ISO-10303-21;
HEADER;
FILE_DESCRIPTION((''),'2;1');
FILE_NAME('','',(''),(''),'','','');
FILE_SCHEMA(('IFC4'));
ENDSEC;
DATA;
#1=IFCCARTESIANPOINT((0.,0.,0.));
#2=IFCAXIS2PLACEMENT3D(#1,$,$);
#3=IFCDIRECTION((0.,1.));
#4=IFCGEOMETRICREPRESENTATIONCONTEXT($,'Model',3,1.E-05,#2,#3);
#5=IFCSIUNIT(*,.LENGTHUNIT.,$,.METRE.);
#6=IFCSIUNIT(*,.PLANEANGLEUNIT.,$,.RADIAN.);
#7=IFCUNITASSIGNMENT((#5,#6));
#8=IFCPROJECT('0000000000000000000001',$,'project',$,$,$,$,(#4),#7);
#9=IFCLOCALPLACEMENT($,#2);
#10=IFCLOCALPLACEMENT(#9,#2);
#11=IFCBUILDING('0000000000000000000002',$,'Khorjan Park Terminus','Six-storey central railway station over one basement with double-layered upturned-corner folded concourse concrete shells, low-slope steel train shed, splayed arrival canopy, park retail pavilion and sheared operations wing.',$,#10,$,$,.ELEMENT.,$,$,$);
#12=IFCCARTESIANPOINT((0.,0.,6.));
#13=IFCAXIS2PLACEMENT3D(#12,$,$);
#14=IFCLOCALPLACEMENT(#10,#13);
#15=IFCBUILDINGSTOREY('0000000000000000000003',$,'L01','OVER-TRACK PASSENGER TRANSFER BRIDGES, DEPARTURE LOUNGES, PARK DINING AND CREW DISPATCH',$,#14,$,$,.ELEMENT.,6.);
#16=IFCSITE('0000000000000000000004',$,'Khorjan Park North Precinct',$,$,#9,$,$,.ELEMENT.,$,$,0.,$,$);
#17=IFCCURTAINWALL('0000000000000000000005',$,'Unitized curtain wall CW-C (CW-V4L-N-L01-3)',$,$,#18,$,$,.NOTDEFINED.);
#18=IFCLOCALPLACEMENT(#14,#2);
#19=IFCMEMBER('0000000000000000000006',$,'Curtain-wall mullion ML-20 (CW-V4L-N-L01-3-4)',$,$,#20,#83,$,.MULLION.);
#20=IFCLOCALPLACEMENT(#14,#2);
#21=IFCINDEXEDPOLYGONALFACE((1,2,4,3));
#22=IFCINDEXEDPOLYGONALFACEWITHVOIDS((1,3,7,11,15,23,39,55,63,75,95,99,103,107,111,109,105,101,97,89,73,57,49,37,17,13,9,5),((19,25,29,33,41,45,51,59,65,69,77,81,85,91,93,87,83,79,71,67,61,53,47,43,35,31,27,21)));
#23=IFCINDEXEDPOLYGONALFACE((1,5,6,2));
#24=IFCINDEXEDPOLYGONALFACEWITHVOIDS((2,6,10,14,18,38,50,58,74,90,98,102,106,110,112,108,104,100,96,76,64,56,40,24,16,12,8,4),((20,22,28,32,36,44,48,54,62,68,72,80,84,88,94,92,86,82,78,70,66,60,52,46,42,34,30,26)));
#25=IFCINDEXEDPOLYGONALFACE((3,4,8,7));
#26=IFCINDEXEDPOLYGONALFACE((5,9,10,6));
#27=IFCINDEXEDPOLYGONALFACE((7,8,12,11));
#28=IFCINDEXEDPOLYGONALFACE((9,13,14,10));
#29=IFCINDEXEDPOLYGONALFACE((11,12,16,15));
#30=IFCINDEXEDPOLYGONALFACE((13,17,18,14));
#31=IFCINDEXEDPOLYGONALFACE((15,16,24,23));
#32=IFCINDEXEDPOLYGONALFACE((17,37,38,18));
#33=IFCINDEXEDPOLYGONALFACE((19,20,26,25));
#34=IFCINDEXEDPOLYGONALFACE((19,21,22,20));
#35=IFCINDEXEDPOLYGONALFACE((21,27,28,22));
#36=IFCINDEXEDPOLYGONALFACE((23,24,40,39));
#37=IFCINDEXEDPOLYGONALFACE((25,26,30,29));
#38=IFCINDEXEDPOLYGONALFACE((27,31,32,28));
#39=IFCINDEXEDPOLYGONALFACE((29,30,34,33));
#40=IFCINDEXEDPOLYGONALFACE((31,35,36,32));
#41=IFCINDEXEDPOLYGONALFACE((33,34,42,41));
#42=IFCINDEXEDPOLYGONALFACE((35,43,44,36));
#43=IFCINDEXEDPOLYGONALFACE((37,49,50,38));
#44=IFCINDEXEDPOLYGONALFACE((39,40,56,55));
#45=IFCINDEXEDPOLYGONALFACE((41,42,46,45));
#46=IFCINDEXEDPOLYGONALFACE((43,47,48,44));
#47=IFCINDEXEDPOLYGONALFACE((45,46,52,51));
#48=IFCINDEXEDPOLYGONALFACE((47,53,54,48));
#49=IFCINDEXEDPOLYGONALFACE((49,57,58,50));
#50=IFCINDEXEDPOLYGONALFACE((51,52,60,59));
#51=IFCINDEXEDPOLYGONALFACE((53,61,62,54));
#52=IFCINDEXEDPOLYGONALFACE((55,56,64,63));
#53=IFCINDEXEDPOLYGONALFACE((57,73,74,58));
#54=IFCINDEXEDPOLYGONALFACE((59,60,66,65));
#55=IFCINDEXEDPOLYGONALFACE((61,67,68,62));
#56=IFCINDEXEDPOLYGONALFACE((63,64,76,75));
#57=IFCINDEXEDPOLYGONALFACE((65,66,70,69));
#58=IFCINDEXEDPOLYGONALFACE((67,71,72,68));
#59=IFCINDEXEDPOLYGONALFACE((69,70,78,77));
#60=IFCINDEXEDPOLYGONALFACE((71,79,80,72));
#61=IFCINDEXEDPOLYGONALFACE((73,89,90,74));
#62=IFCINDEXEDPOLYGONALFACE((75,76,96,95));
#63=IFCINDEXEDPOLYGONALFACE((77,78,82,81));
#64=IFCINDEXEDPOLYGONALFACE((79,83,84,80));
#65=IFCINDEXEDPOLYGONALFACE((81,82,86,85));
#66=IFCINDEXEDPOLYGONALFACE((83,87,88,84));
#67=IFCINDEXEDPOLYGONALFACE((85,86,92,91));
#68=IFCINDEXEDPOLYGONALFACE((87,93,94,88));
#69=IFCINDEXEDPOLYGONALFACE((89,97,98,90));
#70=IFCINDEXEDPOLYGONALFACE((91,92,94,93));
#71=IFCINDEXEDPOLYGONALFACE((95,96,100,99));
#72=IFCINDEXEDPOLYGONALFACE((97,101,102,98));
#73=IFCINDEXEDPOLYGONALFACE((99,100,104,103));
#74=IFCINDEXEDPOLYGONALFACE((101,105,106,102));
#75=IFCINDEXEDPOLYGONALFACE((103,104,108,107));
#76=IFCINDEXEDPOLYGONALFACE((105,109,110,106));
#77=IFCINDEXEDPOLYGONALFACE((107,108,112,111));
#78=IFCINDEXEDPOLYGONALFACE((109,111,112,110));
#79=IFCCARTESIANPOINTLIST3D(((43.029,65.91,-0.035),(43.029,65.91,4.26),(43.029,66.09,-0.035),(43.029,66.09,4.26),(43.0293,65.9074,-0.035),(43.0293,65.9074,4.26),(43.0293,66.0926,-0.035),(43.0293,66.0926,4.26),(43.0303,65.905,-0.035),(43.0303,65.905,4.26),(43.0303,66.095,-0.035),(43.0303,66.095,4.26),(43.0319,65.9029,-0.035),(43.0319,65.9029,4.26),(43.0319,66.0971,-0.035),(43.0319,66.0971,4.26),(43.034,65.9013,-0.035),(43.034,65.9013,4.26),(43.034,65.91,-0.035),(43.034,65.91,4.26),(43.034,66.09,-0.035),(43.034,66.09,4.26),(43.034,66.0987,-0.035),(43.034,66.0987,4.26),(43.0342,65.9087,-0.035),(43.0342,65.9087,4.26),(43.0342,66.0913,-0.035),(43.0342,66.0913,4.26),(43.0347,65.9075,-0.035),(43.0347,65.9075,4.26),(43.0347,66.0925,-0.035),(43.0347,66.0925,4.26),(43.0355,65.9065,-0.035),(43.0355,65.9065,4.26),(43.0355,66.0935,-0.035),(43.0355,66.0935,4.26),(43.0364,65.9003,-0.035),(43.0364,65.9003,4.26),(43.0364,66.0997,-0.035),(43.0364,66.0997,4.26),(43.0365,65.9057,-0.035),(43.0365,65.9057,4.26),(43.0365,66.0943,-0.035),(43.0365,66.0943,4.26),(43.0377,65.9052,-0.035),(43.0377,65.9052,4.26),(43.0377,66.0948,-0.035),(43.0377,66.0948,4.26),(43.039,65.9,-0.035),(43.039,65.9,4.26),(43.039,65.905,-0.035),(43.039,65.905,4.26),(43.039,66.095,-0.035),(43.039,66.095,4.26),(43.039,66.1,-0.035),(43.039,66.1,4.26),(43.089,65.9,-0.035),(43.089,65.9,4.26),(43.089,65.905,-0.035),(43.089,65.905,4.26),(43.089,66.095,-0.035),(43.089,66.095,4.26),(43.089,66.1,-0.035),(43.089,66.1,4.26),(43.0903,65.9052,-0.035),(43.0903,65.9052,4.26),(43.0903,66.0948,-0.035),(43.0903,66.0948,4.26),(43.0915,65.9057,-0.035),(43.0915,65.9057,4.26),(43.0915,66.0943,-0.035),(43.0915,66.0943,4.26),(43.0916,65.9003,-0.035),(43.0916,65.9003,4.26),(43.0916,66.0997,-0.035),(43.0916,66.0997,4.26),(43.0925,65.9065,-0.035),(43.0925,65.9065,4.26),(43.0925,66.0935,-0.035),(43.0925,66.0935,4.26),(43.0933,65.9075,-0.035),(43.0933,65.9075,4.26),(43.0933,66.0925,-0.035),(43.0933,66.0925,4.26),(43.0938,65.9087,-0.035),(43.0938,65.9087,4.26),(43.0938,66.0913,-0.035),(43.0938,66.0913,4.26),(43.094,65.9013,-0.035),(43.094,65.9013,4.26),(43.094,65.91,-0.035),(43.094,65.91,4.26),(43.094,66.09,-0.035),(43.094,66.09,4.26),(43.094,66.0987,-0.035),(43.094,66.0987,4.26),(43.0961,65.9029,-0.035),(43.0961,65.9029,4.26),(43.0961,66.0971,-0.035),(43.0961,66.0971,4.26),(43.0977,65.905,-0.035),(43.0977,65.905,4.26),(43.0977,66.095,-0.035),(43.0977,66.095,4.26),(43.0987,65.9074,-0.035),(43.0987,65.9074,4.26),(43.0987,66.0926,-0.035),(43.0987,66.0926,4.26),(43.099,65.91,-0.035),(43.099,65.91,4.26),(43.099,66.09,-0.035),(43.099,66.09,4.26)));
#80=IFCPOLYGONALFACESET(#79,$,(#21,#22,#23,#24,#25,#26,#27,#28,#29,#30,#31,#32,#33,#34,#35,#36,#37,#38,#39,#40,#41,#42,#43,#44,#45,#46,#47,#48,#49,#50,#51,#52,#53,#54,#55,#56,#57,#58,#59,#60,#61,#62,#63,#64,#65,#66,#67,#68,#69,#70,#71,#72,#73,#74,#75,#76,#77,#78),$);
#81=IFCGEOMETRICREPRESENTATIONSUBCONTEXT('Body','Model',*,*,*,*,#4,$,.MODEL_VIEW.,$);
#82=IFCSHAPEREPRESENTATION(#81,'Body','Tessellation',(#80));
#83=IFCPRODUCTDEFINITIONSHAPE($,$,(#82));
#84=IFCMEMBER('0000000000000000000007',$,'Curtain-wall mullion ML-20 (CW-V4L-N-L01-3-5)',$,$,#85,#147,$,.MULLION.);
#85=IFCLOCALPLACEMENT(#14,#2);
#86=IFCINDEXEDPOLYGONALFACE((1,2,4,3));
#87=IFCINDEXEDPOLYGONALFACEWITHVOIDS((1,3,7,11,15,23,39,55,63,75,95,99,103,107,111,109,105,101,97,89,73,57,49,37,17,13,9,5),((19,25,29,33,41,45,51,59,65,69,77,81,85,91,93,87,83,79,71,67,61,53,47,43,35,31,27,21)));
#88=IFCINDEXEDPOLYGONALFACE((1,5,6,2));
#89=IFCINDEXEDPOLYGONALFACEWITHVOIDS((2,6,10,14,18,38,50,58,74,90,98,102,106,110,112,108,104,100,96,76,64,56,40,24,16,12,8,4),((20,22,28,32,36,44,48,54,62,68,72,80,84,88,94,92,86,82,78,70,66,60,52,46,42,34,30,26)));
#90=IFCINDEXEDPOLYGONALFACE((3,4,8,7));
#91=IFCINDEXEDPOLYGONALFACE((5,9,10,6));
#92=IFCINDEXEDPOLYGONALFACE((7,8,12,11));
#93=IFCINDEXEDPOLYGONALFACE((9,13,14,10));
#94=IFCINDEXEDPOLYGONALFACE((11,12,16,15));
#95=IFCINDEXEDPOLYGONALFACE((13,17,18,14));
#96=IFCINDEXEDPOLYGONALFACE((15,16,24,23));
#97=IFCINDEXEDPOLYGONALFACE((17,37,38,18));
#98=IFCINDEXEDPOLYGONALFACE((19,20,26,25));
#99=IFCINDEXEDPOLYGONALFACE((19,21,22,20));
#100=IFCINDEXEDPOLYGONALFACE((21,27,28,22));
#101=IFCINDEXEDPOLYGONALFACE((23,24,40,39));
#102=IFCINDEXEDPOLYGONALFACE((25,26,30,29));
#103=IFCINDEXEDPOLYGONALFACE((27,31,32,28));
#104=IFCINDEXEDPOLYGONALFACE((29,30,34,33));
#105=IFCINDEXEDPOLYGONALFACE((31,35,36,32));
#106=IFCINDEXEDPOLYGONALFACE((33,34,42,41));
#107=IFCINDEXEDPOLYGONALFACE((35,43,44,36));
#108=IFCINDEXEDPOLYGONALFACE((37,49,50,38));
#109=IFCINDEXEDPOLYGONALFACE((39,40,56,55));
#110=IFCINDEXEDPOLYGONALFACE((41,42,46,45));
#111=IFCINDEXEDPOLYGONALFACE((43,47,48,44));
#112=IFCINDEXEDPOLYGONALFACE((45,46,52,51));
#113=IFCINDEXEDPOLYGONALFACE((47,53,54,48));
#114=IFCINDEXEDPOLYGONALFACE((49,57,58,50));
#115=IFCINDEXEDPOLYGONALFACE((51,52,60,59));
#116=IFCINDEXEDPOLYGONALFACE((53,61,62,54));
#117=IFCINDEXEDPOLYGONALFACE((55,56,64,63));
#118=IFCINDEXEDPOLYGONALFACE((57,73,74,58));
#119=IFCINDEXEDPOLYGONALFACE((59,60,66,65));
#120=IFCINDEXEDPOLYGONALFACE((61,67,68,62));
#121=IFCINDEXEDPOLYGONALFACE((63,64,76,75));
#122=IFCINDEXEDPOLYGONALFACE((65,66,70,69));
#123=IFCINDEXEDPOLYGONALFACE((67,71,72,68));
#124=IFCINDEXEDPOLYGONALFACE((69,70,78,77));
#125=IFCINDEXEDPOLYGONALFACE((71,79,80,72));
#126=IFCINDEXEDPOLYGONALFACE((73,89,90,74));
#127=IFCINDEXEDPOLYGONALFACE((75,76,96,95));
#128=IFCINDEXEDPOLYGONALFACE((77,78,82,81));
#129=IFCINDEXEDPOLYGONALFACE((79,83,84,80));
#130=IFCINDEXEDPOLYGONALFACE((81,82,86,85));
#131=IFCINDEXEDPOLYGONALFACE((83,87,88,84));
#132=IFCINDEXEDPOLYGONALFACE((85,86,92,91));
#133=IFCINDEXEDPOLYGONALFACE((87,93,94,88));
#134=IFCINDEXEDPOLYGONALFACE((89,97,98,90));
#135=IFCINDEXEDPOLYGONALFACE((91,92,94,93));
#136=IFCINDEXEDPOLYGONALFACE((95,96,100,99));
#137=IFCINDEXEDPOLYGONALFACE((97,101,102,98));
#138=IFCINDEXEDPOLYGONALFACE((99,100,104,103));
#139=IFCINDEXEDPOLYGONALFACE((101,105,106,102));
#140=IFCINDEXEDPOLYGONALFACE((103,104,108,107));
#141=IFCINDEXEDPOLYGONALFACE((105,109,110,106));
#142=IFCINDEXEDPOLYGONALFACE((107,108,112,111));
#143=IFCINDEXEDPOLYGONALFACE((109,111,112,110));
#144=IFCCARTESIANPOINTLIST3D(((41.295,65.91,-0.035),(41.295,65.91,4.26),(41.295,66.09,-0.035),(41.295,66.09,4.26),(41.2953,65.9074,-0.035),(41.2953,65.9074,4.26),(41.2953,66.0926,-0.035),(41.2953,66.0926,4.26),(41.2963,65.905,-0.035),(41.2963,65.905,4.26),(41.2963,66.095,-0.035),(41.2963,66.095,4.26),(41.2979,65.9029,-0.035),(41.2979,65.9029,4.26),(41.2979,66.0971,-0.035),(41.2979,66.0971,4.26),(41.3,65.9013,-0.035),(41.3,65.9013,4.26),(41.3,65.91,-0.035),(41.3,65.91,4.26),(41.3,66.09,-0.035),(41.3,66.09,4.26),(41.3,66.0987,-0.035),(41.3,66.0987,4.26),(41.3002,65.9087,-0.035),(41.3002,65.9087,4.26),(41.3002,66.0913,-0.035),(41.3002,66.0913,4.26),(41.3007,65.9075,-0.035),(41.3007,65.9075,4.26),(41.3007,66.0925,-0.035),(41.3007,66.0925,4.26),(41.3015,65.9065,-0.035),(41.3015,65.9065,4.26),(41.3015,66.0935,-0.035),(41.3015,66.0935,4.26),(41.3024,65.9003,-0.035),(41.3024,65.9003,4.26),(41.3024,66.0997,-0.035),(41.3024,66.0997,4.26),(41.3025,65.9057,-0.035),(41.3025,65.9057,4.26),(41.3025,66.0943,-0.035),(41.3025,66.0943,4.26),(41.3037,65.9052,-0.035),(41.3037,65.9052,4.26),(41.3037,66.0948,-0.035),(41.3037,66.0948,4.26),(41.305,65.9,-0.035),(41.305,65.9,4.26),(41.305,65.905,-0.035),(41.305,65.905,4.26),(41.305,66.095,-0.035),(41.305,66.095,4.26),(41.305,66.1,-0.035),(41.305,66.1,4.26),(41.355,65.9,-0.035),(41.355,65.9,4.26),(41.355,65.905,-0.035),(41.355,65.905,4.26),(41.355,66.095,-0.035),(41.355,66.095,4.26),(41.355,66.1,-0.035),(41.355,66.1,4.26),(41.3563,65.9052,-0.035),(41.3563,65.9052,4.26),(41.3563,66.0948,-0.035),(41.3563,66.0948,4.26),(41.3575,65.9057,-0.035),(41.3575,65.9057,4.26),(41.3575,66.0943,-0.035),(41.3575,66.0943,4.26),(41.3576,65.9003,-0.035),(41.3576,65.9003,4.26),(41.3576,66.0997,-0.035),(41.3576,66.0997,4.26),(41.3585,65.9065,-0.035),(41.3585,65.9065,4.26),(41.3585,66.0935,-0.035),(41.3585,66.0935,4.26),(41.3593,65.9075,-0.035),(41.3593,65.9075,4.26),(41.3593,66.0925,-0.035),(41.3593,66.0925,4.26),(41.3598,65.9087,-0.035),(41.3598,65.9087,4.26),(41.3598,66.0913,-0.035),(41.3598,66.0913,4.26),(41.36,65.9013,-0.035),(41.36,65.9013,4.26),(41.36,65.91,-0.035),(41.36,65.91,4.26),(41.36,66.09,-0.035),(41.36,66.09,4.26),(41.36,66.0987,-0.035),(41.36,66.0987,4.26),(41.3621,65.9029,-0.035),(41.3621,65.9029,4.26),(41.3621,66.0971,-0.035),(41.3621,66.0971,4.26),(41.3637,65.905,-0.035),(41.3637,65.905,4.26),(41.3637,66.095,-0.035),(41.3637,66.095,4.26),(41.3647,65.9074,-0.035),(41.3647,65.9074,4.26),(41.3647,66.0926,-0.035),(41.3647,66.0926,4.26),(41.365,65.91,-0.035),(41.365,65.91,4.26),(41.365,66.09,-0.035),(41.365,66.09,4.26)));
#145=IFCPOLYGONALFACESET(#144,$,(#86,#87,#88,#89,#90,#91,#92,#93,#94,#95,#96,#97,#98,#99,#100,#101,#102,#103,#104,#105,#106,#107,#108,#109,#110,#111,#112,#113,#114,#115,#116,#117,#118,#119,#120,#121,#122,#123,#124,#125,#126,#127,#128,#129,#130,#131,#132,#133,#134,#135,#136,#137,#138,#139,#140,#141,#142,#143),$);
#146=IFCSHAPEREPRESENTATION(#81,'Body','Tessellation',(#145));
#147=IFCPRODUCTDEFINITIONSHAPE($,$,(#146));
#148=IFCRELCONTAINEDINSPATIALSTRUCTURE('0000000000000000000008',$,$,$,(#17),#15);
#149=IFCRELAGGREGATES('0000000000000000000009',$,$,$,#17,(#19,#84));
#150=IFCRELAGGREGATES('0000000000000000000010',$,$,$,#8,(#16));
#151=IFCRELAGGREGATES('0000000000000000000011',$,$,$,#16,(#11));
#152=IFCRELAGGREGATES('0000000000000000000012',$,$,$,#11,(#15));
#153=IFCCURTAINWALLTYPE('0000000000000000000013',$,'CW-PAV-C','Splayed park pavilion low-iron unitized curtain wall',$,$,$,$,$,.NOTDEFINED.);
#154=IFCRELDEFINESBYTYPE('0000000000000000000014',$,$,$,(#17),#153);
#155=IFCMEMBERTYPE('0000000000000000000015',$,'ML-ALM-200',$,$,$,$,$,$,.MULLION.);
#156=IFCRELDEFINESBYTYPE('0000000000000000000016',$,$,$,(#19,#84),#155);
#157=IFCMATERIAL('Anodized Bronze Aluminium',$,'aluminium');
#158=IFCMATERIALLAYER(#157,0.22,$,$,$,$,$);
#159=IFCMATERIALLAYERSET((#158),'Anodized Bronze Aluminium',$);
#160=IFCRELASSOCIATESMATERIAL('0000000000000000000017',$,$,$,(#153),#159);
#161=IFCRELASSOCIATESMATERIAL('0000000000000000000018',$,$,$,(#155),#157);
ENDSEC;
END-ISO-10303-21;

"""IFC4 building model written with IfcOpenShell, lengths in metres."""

from ifc_helpers import new_model, si_unit, direction, frame, origin, origin_2d, place, context, subcontext, project, spatial, hollow_rectangle, extrude, material, layer, layer_set, material_profile, profile_set, type_object, element, aggregate, save


model = new_model("IFC4")

# Units and contexts
model_context = context("Model", 3, precision=1e-05, world=origin(), true_north=direction((0.0, 1.0)))
body_context = subcontext(model_context, "Body", "Model", "MODEL_VIEW")
ifc_project = project(units=[si_unit("LENGTHUNIT", "METRE"), si_unit("PLANEANGLEUNIT", "RADIAN")], contexts=[model_context])

# Site, building, storey
site_placement = place(None, origin())
site = spatial("IfcSite", under=ifc_project, at=site_placement, Name="Khorjan Park North Precinct", CompositionType="ELEMENT", RefElevation=0.0)
building_placement = place(site_placement, origin())
building = spatial("IfcBuilding", under=site, at=building_placement, Name="Khorjan Park Terminus", Description="Six-storey central railway station over one basement with double-layered upturned-corner folded concourse concrete shells, low-slope steel train shed, splayed arrival canopy, park retail pavilion and sheared operations wing.", CompositionType="ELEMENT")
storey_placement = place(building_placement, frame((0.0, 0.0, 6.0)))
storey = spatial("IfcBuildingStorey", under=building, at=storey_placement, Name="L01", Description="OVER-TRACK PASSENGER TRANSFER BRIDGES, DEPARTURE LOUNGES, PARK DINING AND CREW DISPATCH", CompositionType="ELEMENT", Elevation=6.0)

# Shared definitions
ifc_material_1 = material(Name="Anodized Bronze Aluminium", Category="aluminium")
ifc_layer_1 = layer(ifc_material_1, 0.22)
ifc_layer_set_1 = layer_set([ifc_layer_1], Name="Anodized Bronze Aluminium")
curtain_wall_type = type_object("IfcCurtainWallType", Name="CW-PAV-C", Description="Splayed park pavilion low-iron unitized curtain wall", PredefinedType="NOTDEFINED", material=ifc_layer_set_1)
ifc_material_profile_1 = material_profile(ifc_material_1, hollow_rectangle(XDim=0.07, YDim=0.2, WallThickness=0.005, InnerFilletRadius=0.005, OuterFilletRadius=0.01, at=origin_2d()), Name="ALM 70x200x5")
ifc_profile_set_1 = profile_set([ifc_material_profile_1], Name="Anodized Bronze Aluminium")
member_type_1 = type_object("IfcMemberType", Name="ML-ALM-200", PredefinedType="MULLION", material=ifc_profile_set_1)

# Curtain wall, members
curtain_wall_1_placement = place(storey_placement, origin())
curtain_wall_1 = element("IfcCurtainWall", 1, at=curtain_wall_1_placement, inside=storey, type_object=curtain_wall_type, Name="Unitized curtain wall CW-C (CW-V4L-N-L01-3)", PredefinedType="NOTDEFINED")
member_1_placement = place(storey_placement, frame((43.064, 66.0, -0.035), z_axis=(0.0, 0.0, 1.0), x_axis=(-1.0, 0.0, 0.0)))
member_1 = element("IfcMember", 2, at=member_1_placement, type_object=member_type_1, Name="Curtain-wall mullion ML-20 (CW-V4L-N-L01-3-4)", PredefinedType="MULLION", context=body_context, shape_type="SweptSolid", body=[
    extrude(hollow_rectangle(XDim=0.07, YDim=0.2, WallThickness=0.005, InnerFilletRadius=0.005, OuterFilletRadius=0.01, at=origin_2d()), origin(), (0.0, 0.0, 1.0), 4.295),
])
member_2_placement = place(storey_placement, frame((41.33, 66.0, -0.035), z_axis=(0.0, 0.0, 1.0), x_axis=(-1.0, 0.0, 0.0)))
member_2 = element("IfcMember", 3, at=member_2_placement, type_object=member_type_1, Name="Curtain-wall mullion ML-20 (CW-V4L-N-L01-3-5)", PredefinedType="MULLION", context=body_context, shape_type="SweptSolid", body=[
    extrude(hollow_rectangle(XDim=0.07, YDim=0.2, WallThickness=0.005, InnerFilletRadius=0.005, OuterFilletRadius=0.01, at=origin_2d()), origin(), (0.0, 0.0, 1.0), 4.295),
])

aggregate(curtain_wall_1, [member_1, member_2])

save(model, "model.ifc")
